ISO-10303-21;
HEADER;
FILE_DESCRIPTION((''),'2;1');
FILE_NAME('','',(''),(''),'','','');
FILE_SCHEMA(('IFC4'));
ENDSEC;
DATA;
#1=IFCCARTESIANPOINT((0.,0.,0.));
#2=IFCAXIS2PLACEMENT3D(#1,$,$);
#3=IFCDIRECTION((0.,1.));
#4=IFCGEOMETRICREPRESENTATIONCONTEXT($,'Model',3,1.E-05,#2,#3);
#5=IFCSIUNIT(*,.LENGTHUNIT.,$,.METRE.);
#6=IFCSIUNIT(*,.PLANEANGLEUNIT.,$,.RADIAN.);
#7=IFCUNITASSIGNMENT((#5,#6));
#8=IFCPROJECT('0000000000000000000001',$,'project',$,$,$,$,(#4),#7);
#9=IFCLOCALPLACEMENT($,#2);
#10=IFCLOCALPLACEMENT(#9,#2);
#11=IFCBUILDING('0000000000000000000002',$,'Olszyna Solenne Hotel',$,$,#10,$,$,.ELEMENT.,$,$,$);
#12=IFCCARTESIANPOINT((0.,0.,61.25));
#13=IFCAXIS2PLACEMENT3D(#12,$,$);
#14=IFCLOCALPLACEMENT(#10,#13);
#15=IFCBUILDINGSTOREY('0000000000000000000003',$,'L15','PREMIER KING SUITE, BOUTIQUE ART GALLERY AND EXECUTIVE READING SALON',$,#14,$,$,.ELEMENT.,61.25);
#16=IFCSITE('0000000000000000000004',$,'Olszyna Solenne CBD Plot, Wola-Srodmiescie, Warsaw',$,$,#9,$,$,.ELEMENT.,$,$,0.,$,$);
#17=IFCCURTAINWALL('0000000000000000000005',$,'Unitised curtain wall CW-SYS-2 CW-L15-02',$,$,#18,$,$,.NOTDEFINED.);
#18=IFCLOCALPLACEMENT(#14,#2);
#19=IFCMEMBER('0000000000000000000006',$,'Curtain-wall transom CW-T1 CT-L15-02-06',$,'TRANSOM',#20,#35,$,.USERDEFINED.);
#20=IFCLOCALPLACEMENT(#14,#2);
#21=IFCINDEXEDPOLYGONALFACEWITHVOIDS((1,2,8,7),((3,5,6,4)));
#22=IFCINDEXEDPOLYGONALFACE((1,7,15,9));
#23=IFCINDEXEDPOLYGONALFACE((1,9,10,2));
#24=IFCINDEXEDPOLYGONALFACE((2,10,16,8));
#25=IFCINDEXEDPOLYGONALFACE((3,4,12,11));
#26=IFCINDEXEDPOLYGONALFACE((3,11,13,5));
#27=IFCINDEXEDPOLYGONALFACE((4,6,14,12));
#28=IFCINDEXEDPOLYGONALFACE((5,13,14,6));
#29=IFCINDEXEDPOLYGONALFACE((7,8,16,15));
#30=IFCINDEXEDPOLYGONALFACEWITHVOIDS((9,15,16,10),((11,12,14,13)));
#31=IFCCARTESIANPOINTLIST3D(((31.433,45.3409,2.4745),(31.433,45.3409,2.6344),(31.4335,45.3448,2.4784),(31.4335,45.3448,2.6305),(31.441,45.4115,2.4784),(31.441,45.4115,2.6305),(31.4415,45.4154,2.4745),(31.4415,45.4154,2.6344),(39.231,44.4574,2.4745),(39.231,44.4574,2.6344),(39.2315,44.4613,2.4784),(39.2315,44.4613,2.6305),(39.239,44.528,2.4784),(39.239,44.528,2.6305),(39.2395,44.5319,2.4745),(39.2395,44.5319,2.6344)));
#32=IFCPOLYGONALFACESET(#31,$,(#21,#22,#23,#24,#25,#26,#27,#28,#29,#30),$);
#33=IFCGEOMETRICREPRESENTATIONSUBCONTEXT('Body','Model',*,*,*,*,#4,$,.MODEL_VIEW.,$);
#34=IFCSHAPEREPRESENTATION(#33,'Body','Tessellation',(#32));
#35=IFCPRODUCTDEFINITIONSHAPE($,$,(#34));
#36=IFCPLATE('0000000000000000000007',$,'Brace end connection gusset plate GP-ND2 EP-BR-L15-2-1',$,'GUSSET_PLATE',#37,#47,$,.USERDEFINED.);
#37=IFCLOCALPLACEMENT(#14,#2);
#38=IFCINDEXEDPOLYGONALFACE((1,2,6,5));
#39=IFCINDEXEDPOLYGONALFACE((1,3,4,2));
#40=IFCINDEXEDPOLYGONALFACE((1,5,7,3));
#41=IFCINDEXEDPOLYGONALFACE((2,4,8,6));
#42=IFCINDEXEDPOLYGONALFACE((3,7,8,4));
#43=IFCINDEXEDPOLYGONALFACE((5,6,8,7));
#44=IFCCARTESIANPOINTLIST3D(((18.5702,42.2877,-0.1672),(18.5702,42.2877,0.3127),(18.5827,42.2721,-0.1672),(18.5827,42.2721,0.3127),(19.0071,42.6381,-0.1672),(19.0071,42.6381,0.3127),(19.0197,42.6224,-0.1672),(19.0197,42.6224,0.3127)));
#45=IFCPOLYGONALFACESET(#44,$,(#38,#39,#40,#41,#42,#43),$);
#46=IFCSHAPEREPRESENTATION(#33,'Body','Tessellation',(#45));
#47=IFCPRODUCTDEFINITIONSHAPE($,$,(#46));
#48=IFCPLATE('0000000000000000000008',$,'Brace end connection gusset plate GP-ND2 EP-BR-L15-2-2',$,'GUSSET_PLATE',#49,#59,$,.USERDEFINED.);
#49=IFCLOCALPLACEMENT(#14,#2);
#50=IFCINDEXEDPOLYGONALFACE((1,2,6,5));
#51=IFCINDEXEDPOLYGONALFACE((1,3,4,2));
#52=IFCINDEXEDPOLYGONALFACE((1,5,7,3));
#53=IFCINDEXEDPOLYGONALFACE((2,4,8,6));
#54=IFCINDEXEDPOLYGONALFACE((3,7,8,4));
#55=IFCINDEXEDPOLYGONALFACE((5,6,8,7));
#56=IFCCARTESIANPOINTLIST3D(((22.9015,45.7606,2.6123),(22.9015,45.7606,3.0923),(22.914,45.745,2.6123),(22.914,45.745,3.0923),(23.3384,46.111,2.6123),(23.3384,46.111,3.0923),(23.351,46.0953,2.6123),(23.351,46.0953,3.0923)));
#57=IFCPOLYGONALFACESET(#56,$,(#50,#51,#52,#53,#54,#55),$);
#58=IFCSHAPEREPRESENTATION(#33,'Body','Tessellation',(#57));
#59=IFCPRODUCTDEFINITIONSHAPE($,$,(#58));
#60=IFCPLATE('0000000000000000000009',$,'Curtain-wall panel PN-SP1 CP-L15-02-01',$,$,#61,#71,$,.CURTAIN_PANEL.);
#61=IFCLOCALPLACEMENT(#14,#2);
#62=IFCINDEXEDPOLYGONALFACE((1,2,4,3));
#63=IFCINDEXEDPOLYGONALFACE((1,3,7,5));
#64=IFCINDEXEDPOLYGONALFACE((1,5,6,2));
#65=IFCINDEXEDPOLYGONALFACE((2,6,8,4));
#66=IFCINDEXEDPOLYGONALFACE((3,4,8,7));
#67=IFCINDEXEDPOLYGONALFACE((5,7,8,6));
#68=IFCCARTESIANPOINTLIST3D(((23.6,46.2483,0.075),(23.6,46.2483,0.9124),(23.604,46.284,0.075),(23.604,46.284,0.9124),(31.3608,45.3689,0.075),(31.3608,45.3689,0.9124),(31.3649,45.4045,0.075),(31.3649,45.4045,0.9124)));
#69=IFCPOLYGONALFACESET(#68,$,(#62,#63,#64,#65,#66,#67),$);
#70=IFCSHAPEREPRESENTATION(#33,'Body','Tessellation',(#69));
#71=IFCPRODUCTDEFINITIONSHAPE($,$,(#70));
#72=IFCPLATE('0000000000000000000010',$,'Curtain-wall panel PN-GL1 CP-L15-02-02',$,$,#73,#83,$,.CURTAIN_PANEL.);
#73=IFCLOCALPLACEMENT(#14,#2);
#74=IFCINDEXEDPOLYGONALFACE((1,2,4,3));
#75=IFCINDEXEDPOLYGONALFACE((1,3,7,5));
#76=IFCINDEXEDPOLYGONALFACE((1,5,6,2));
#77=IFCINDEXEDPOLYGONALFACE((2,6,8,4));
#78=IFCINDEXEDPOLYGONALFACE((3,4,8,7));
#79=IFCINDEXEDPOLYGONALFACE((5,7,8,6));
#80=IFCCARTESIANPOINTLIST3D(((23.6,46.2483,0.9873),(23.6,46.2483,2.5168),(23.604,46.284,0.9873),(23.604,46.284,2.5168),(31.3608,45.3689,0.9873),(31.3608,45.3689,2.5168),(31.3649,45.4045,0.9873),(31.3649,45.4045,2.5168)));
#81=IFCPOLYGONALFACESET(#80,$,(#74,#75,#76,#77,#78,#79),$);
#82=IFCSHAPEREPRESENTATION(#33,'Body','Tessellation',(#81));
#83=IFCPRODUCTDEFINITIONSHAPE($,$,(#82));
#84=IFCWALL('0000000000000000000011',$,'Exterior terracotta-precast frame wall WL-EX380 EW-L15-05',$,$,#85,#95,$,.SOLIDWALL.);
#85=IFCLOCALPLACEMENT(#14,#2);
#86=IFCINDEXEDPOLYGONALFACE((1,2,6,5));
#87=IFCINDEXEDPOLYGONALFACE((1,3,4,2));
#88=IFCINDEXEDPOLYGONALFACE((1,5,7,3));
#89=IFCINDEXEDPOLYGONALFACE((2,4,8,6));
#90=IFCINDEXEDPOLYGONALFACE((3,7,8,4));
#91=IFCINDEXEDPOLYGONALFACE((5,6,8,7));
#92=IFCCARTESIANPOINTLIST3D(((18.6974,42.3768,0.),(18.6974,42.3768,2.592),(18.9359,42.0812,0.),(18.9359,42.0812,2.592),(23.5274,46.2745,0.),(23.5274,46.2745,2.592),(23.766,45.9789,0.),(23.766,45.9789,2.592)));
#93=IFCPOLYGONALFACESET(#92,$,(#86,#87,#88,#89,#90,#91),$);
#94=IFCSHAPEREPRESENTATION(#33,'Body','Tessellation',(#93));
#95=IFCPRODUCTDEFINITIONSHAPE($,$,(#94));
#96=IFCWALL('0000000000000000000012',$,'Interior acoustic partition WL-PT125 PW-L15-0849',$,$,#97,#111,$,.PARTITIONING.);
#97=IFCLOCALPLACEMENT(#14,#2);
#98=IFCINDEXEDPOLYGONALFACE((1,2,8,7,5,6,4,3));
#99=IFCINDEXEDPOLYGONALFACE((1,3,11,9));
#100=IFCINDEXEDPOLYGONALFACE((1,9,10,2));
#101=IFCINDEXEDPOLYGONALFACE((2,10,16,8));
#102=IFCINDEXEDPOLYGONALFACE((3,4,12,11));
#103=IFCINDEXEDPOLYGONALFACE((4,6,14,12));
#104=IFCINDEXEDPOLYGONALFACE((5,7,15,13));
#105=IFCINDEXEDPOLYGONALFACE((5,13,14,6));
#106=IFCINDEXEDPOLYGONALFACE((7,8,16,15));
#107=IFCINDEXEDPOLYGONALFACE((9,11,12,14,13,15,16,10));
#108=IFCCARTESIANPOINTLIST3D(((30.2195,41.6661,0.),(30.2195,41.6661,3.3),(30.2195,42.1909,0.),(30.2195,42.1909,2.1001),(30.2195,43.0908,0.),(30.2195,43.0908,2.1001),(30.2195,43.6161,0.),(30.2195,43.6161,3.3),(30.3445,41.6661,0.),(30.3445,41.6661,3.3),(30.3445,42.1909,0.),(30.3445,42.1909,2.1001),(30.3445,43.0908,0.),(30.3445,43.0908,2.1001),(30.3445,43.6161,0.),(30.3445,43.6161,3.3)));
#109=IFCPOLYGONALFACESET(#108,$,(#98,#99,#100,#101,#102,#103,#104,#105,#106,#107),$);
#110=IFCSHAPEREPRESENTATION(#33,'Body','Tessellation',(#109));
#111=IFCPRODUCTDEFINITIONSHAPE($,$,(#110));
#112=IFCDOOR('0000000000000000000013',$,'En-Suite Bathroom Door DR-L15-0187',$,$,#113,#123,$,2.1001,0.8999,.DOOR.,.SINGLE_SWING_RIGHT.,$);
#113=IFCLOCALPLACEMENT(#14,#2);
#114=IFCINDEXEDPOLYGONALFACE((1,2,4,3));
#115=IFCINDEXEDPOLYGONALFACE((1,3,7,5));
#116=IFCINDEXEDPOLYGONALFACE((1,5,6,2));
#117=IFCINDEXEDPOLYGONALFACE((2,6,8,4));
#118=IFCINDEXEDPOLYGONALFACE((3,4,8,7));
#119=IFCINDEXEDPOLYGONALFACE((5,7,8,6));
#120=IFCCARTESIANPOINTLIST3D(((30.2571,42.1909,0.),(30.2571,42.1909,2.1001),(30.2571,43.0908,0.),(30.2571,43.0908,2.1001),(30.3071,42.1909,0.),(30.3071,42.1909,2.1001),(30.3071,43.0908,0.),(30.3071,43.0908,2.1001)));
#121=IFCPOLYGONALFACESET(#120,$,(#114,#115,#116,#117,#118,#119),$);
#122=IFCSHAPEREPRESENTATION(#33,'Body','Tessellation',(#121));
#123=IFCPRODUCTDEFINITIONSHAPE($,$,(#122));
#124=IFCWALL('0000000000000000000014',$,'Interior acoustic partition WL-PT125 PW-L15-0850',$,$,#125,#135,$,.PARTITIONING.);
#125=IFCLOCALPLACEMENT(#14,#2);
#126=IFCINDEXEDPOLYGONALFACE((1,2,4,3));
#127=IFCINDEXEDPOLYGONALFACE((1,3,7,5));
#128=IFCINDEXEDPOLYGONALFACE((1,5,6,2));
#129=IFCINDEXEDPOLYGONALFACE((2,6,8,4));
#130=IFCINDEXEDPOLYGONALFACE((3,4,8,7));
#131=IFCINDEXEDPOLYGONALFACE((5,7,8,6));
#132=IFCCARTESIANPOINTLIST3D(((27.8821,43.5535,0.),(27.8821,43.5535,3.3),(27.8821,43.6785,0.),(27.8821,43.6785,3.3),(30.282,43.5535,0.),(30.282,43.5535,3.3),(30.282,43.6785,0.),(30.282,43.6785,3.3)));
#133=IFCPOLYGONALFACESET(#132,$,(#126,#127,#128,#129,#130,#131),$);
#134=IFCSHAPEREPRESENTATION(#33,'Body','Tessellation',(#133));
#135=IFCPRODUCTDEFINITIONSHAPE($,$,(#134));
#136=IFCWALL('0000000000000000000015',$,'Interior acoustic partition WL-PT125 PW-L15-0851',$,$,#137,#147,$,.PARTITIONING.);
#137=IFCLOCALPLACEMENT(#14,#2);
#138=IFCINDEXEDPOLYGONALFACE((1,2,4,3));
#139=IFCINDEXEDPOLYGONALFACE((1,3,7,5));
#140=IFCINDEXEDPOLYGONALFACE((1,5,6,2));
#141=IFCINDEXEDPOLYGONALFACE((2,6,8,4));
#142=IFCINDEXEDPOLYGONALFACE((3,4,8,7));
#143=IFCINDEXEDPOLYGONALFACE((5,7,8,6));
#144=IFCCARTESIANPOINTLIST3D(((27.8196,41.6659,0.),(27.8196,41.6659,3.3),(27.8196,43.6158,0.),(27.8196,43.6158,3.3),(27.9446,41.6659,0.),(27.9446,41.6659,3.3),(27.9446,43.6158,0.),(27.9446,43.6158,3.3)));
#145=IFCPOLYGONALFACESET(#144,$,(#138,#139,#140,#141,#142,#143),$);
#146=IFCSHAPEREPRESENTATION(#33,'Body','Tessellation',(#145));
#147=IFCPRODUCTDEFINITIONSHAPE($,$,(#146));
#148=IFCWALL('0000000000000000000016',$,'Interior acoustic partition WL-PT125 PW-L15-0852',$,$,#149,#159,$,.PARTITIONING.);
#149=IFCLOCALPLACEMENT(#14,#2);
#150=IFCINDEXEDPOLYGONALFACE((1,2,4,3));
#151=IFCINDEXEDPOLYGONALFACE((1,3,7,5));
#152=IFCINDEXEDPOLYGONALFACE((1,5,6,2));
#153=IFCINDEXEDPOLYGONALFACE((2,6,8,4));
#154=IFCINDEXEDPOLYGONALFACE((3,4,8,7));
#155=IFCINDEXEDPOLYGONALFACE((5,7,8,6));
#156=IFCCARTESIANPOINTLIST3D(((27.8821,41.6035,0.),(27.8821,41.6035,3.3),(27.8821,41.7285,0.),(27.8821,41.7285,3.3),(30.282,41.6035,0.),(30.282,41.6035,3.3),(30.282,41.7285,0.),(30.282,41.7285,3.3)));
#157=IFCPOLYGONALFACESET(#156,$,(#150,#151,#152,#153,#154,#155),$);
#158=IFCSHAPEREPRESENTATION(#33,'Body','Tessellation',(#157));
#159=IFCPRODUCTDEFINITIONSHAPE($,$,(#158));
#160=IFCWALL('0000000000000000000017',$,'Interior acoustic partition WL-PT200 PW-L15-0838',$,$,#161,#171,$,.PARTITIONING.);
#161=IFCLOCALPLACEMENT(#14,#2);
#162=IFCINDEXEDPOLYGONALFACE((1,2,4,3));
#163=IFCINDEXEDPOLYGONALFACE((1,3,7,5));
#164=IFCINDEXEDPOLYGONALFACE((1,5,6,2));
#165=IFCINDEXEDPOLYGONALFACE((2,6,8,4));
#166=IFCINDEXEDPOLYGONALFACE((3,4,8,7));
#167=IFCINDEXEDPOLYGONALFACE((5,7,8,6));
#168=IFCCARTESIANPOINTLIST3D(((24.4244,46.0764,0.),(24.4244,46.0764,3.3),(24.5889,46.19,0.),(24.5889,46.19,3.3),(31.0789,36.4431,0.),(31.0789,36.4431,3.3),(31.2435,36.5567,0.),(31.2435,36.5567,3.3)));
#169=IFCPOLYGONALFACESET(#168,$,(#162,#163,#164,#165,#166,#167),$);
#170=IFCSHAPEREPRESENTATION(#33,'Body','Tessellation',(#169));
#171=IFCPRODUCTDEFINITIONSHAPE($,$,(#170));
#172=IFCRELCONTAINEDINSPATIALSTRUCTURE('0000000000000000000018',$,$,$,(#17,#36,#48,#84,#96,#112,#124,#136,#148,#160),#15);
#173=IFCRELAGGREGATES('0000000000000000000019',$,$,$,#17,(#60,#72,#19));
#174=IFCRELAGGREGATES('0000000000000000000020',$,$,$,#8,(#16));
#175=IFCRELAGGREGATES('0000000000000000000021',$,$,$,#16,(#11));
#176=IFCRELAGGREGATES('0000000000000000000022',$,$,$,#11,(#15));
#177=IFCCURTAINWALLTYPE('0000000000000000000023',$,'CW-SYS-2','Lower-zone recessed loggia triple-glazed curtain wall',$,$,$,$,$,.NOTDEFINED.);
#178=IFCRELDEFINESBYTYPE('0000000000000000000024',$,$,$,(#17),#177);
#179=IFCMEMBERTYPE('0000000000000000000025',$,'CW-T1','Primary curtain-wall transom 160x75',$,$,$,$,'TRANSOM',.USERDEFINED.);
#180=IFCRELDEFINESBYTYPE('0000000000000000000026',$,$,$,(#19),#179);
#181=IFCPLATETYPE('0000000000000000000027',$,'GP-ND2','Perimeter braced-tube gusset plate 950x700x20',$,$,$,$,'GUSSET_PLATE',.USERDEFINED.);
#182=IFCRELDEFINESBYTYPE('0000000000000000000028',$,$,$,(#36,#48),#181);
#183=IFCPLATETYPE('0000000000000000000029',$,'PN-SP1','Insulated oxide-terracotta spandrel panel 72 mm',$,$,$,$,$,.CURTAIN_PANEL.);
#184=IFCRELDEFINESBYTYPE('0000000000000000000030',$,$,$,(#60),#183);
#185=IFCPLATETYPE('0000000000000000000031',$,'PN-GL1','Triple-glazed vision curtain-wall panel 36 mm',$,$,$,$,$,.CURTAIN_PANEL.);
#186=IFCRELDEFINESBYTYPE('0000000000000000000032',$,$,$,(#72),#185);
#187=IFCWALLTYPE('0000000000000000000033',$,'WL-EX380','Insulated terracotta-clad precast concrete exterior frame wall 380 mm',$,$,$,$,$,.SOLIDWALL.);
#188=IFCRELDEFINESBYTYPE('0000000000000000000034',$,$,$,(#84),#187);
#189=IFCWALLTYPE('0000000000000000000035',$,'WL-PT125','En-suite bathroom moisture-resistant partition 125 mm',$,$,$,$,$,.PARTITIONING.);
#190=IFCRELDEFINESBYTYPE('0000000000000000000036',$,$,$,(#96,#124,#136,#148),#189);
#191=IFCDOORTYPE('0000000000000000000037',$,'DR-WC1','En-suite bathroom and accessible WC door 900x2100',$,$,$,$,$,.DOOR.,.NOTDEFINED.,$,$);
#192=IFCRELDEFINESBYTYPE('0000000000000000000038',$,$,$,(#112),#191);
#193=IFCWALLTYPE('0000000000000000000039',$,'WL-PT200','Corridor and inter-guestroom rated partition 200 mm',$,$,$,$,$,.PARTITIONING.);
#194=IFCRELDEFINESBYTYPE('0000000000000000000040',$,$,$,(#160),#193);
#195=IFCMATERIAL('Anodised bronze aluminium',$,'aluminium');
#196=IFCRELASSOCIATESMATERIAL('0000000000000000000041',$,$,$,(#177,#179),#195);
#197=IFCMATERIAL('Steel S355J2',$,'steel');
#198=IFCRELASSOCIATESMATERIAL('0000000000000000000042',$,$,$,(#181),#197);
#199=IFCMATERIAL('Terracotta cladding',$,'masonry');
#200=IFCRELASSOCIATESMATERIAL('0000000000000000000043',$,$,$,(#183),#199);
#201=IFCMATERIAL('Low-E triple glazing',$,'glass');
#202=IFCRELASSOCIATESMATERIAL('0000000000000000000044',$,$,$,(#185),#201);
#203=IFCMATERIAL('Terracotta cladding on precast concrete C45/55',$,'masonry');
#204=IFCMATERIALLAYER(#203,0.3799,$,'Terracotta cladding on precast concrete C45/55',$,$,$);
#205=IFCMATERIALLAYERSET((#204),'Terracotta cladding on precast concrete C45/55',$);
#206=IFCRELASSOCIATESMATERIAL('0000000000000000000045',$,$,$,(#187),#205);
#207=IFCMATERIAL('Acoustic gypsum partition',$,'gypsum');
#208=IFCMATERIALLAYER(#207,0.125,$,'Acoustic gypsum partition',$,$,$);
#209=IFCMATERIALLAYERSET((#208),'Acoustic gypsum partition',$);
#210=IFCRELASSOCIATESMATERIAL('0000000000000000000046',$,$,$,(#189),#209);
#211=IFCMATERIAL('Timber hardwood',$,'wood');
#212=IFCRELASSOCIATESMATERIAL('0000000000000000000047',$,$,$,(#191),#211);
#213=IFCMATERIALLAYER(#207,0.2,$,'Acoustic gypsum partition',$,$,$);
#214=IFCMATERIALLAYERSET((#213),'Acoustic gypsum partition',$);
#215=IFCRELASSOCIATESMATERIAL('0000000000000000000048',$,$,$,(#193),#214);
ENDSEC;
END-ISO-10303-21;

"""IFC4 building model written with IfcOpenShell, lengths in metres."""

from ifc_helpers import new_model, si_unit, direction, frame, frame_2d, origin, origin_2d, place, context, subcontext, project, spatial, rectangle, hollow_rectangle, extrude, source, transform, mapped, material, layer, layer_set, material_profile, profile_set, type_object, type_shapes, element, fill, aggregate, save


model = new_model("IFC4")

# Units and contexts
model_context = context("Model", 3, precision=1e-05, world=origin(), true_north=direction((0.0, 1.0)))
body_context = subcontext(model_context, "Body", "Model", "MODEL_VIEW")
ifc_project = project(units=[si_unit("LENGTHUNIT", "METRE"), si_unit("PLANEANGLEUNIT", "RADIAN")], contexts=[model_context])

# Site, building, storey
site_placement = place(None, origin())
site = spatial("IfcSite", under=ifc_project, at=site_placement, Name="Olszyna Solenne CBD Plot, Wola-Srodmiescie, Warsaw", CompositionType="ELEMENT", RefElevation=0.0)
building_placement = place(site_placement, origin())
building = spatial("IfcBuilding", under=site, at=building_placement, Name="Olszyna Solenne Hotel", CompositionType="ELEMENT")
storey_placement = place(building_placement, frame((0.0, 0.0, 61.25)))
storey = spatial("IfcBuildingStorey", under=building, at=storey_placement, Name="L15", Description="PREMIER KING SUITE, BOUTIQUE ART GALLERY AND EXECUTIVE READING SALON", CompositionType="ELEMENT", Elevation=61.25)

# Shared definitions
ifc_material_1 = material(Name="Steel S355J2", Category="steel")

# Curtain wall, member
ifc_material_2 = material(Name="Anodised bronze aluminium", Category="aluminium")
curtain_wall_type = type_object("IfcCurtainWallType", Name="CW-SYS-2", Description="Lower-zone recessed loggia triple-glazed curtain wall", PredefinedType="NOTDEFINED", material=ifc_material_2)
curtain_wall_placement = place(storey_placement, origin())
curtain_wall = element("IfcCurtainWall", 1, at=curtain_wall_placement, inside=storey, type_object=curtain_wall_type, Name="Unitised curtain wall CW-SYS-2 CW-L15-02", PredefinedType="NOTDEFINED")
ifc_material_profile_1 = material_profile(ifc_material_2, hollow_rectangle(XDim=0.075, YDim=0.1599, WallThickness=0.0039, at=origin_2d()), Name="TRAN 160x75x4", Category="load-bearing")
ifc_profile_set_1 = profile_set([ifc_material_profile_1], Name="Anodised bronze aluminium")
member_type_1 = type_object("IfcMemberType", Name="CW-T1", Description="Primary curtain-wall transom 160x75", ElementType="TRANSOM", PredefinedType="USERDEFINED", material=ifc_profile_set_1)
shared_shape_1 = source(origin(), body_context, "Body", "SweptSolid", [
    extrude(hollow_rectangle(XDim=0.075, YDim=0.1599, WallThickness=0.0039, at=origin_2d()), origin(), (0.0, 0.0, 1.0), 7.8479),
])
member_1_placement = place(storey_placement, frame((31.4373, 45.3782, 2.5544), z_axis=(0.993642, -0.112582, 0.0), x_axis=(0.112582, 0.993642, 0.0)))
member_1 = element("IfcMember", 2, at=member_1_placement, type_object=member_type_1, Name="Curtain-wall transom CW-T1 CT-L15-02-06", ObjectType="TRANSOM", PredefinedType="USERDEFINED", context=body_context, shape_type="MappedRepresentation", body=[
    mapped(shared_shape_1, transform((0.0, 0.0, 0.0), x_axis=(1.0, 0.0, 0.0), y_axis=(0.0, 1.0, 0.0), z_axis=(0.0, 0.0, 1.0), scale=1.0)),
])

# Plates
plate_type_1 = type_object("IfcPlateType", Name="GP-ND2", Description="Perimeter braced-tube gusset plate 950x700x20", ElementType="GUSSET_PLATE", PredefinedType="USERDEFINED", material=ifc_material_1)
shared_shape_2 = source(origin(), body_context, "Body", "SweptSolid", [
    extrude(rectangle(XDim=0.5601, YDim=0.02, at=origin_2d()), origin(), (0.0, 0.0, 1.0), 0.48),
])
for number, where, z_axis, x_axis, name in (
    (3, (18.7949, 42.4551, -0.1672), (0.0, 0.0, 1.0), (0.780212, 0.625515, 0.0), "Brace end connection gusset plate GP-ND2 EP-BR-L15-2-1"),
    (4, (23.1262, 45.928, 2.6123), (0.0, 0.0, 1.0), (0.780212, 0.625515, 0.0), "Brace end connection gusset plate GP-ND2 EP-BR-L15-2-2"),
):
    element("IfcPlate", number, at=place(storey_placement, frame(where, z_axis=z_axis, x_axis=x_axis)), inside=storey, type_object=plate_type_1, Name=name, ObjectType="GUSSET_PLATE", PredefinedType="USERDEFINED", context=body_context, shape_type="MappedRepresentation", body=[
        mapped(shared_shape_2, transform((0.0, 0.0, 0.0), x_axis=(1.0, 0.0, 0.0), y_axis=(0.0, 1.0, 0.0), z_axis=(0.0, 0.0, 1.0), scale=1.0)),
    ])

# Plates
ifc_material_3 = material(Name="Terracotta cladding", Category="masonry")
plate_type_2 = type_object("IfcPlateType", Name="PN-SP1", Description="Insulated oxide-terracotta spandrel panel 72 mm", PredefinedType="CURTAIN_PANEL", material=ifc_material_3)
shared_shape_3 = source(origin(), body_context, "Body", "SweptSolid", [
    extrude(rectangle(XDim=7.8105, YDim=0.0359, at=origin_2d()), origin(), (0.0, 0.0, 1.0), 0.8374),
])
plate_1_placement = place(storey_placement, frame((27.4824, 45.8264, 0.075), z_axis=(0.0, 0.0, 1.0), x_axis=(0.993641, -0.112597, 0.0)))
plate_1 = element("IfcPlate", 5, at=plate_1_placement, type_object=plate_type_2, Name="Curtain-wall panel PN-SP1 CP-L15-02-01", PredefinedType="CURTAIN_PANEL", context=body_context, shape_type="MappedRepresentation", body=[
    mapped(shared_shape_3, transform((0.0, 0.0, 0.0), x_axis=(1.0, 0.0, 0.0), y_axis=(0.0, 1.0, 0.0), z_axis=(0.0, 0.0, 1.0), scale=1.0)),
])
ifc_material_4 = material(Name="Low-E triple glazing", Category="glass")
plate_type_3 = type_object("IfcPlateType", Name="PN-GL1", Description="Triple-glazed vision curtain-wall panel 36 mm", PredefinedType="CURTAIN_PANEL", material=ifc_material_4)
shared_shape_4 = source(origin(), body_context, "Body", "SweptSolid", [
    extrude(rectangle(XDim=7.8105, YDim=0.0359, at=origin_2d()), origin(), (0.0, 0.0, 1.0), 1.5295),
])
plate_2_placement = place(storey_placement, frame((27.4824, 45.8264, 0.9873), z_axis=(0.0, 0.0, 1.0), x_axis=(0.993641, -0.112597, 0.0)))
plate_2 = element("IfcPlate", 6, at=plate_2_placement, type_object=plate_type_3, Name="Curtain-wall panel PN-GL1 CP-L15-02-02", PredefinedType="CURTAIN_PANEL", context=body_context, shape_type="MappedRepresentation", body=[
    mapped(shared_shape_4, transform((0.0, 0.0, 0.0), x_axis=(1.0, 0.0, 0.0), y_axis=(0.0, 1.0, 0.0), z_axis=(0.0, 0.0, 1.0), scale=1.0)),
])
aggregate(curtain_wall, [plate_1, plate_2, member_1])

# Wall
ifc_material_5 = material(Name="Terracotta cladding on precast concrete C45/55", Category="masonry")
ifc_layer_1 = layer(ifc_material_5, 0.3799, Name="Terracotta cladding on precast concrete C45/55")
ifc_layer_set_1 = layer_set([ifc_layer_1], Name="Terracotta cladding on precast concrete C45/55")
wall_type_1 = type_object("IfcWallType", Name="WL-EX380", Description="Insulated terracotta-clad precast concrete exterior frame wall 380 mm", PredefinedType="SOLIDWALL", material=ifc_layer_set_1)
wall_1_placement = place(storey_placement, frame((18.8167, 42.229, 0.0), z_axis=(0.0, 0.0, 1.0), x_axis=(0.778218, 0.627995, 0.0)))
element("IfcWall", 7, at=wall_1_placement, inside=storey, type_object=wall_type_1, Name="Exterior terracotta-precast frame wall WL-EX380 EW-L15-05", PredefinedType="SOLIDWALL", context=body_context, shape_type="SweptSolid", body=[
    extrude(rectangle(XDim=6.2065, YDim=0.3799, at=frame_2d((3.1033, 0.0))), origin(), (0.0, 0.0, 1.0), 2.592),
])

# Wall, opening, door
ifc_material_6 = material(Name="Acoustic gypsum partition", Category="gypsum")
ifc_layer_2 = layer(ifc_material_6, 0.125, Name="Acoustic gypsum partition")
ifc_layer_set_2 = layer_set([ifc_layer_2], Name="Acoustic gypsum partition")
wall_type_2 = type_object("IfcWallType", Name="WL-PT125", Description="En-suite bathroom moisture-resistant partition 125 mm", PredefinedType="PARTITIONING", material=ifc_layer_set_2)
wall_2_placement = place(storey_placement, frame((30.282, 41.666, 0.0), z_axis=(0.0, 0.0, 1.0), x_axis=(0.0, 1.0, 0.0)))
wall_2 = element("IfcWall", 8, at=wall_2_placement, inside=storey, type_object=wall_type_2, Name="Interior acoustic partition WL-PT125 PW-L15-0849", PredefinedType="PARTITIONING", context=body_context, shape_type="SweptSolid", body=[
    extrude(rectangle(XDim=1.95, YDim=0.125, at=frame_2d((0.9751, 0.0))), origin(), (0.0, 0.0, 1.0), 3.3),
])
opening_placement = place(wall_2_placement, frame((0.5249, 0.0, 0.0)))
opening = element("IfcOpeningElement", 9, at=opening_placement, cuts=wall_2, PredefinedType="OPENING", context=body_context, shape_type="SweptSolid", body=[
    extrude(rectangle(XDim=0.8999, YDim=2.1001, at=frame_2d((0.45, 1.05))), frame((0.0, 0.0725, 0.0), z_axis=(0.0, -1.0, 0.0), x_axis=(1.0, 0.0, 0.0)), (0.0, 0.0, 1.0), 0.145),
])
ifc_material_7 = material(Name="Timber hardwood", Category="wood")
door_type = type_object("IfcDoorType", Name="DR-WC1", Description="En-suite bathroom and accessible WC door 900x2100", OperationType="NOTDEFINED", PredefinedType="DOOR", material=ifc_material_7)
shared_shape_5 = source(origin(), body_context, "Body", "SweptSolid", [
    extrude(rectangle(XDim=0.8999, YDim=2.1001, at=frame_2d((0.45, 1.05))), frame((0.0, 0.0249, 0.0), z_axis=(0.0, -1.0, 0.0), x_axis=(1.0, 0.0, 0.0)), (0.0, 0.0, 1.0), 0.05),
])
type_shapes(door_type, [shared_shape_5])
door_placement = place(opening_placement, origin())
door = element("IfcDoor", 10, at=door_placement, inside=storey, type_object=door_type, Name="En-Suite Bathroom Door DR-L15-0187", OperationType="SINGLE_SWING_RIGHT", OverallHeight=2.1001, OverallWidth=0.8999, PredefinedType="DOOR", context=body_context, shape_type="MappedRepresentation", body=[
    mapped(shared_shape_5, transform((0.0, 0.0, 0.0), x_axis=(1.0, 0.0, 0.0), y_axis=(0.0, 1.0, 0.0), z_axis=(0.0, 0.0, 1.0), scale=1.0)),
])
fill(opening, door)

# Walls
wall_3_placement = place(storey_placement, frame((30.282, 43.616, 0.0), z_axis=(0.0, 0.0, 1.0), x_axis=(-1.0, 0.0, 0.0)))
element("IfcWall", 11, at=wall_3_placement, inside=storey, type_object=wall_type_2, Name="Interior acoustic partition WL-PT125 PW-L15-0850", PredefinedType="PARTITIONING", context=body_context, shape_type="SweptSolid", body=[
    extrude(rectangle(XDim=2.3999, YDim=0.125, at=frame_2d((1.2, 0.0))), origin(), (0.0, 0.0, 1.0), 3.3),
])
wall_4_placement = place(storey_placement, frame((27.8821, 43.616, 0.0), z_axis=(0.0, 0.0, 1.0), x_axis=(0.0, -1.0, 0.0)))
element("IfcWall", 12, at=wall_4_placement, inside=storey, type_object=wall_type_2, Name="Interior acoustic partition WL-PT125 PW-L15-0851", PredefinedType="PARTITIONING", context=body_context, shape_type="SweptSolid", body=[
    extrude(rectangle(XDim=1.95, YDim=0.125, at=frame_2d((0.9751, 0.0))), origin(), (0.0, 0.0, 1.0), 3.3),
])
wall_5_placement = place(storey_placement, frame((27.8821, 41.666, 0.0), z_axis=(0.0, 0.0, 1.0), x_axis=(1.0, 0.0, 0.0)))
element("IfcWall", 13, at=wall_5_placement, inside=storey, type_object=wall_type_2, Name="Interior acoustic partition WL-PT125 PW-L15-0852", PredefinedType="PARTITIONING", context=body_context, shape_type="SweptSolid", body=[
    extrude(rectangle(XDim=2.3999, YDim=0.125, at=frame_2d((1.2, 0.0))), origin(), (0.0, 0.0, 1.0), 3.3),
])
ifc_layer_3 = layer(ifc_material_6, 0.2, Name="Acoustic gypsum partition")
ifc_layer_set_3 = layer_set([ifc_layer_3], Name="Acoustic gypsum partition")
wall_type_3 = type_object("IfcWallType", Name="WL-PT200", Description="Corridor and inter-guestroom rated partition 200 mm", PredefinedType="PARTITIONING", material=ifc_layer_set_3)
wall_6_placement = place(storey_placement, frame((31.1611, 36.5, 0.0), z_axis=(0.0, 0.0, 1.0), x_axis=(-0.568363, 0.822778, 0.0)))
element("IfcWall", 14, at=wall_6_placement, inside=storey, type_object=wall_type_3, Name="Interior acoustic partition WL-PT200 PW-L15-0838", PredefinedType="PARTITIONING", context=body_context, shape_type="SweptSolid", body=[
    extrude(rectangle(XDim=11.7083, YDim=0.2, at=frame_2d((5.854, 0.0))), origin(), (0.0, 0.0, 1.0), 3.3),
])

save(model, "model.ifc")
